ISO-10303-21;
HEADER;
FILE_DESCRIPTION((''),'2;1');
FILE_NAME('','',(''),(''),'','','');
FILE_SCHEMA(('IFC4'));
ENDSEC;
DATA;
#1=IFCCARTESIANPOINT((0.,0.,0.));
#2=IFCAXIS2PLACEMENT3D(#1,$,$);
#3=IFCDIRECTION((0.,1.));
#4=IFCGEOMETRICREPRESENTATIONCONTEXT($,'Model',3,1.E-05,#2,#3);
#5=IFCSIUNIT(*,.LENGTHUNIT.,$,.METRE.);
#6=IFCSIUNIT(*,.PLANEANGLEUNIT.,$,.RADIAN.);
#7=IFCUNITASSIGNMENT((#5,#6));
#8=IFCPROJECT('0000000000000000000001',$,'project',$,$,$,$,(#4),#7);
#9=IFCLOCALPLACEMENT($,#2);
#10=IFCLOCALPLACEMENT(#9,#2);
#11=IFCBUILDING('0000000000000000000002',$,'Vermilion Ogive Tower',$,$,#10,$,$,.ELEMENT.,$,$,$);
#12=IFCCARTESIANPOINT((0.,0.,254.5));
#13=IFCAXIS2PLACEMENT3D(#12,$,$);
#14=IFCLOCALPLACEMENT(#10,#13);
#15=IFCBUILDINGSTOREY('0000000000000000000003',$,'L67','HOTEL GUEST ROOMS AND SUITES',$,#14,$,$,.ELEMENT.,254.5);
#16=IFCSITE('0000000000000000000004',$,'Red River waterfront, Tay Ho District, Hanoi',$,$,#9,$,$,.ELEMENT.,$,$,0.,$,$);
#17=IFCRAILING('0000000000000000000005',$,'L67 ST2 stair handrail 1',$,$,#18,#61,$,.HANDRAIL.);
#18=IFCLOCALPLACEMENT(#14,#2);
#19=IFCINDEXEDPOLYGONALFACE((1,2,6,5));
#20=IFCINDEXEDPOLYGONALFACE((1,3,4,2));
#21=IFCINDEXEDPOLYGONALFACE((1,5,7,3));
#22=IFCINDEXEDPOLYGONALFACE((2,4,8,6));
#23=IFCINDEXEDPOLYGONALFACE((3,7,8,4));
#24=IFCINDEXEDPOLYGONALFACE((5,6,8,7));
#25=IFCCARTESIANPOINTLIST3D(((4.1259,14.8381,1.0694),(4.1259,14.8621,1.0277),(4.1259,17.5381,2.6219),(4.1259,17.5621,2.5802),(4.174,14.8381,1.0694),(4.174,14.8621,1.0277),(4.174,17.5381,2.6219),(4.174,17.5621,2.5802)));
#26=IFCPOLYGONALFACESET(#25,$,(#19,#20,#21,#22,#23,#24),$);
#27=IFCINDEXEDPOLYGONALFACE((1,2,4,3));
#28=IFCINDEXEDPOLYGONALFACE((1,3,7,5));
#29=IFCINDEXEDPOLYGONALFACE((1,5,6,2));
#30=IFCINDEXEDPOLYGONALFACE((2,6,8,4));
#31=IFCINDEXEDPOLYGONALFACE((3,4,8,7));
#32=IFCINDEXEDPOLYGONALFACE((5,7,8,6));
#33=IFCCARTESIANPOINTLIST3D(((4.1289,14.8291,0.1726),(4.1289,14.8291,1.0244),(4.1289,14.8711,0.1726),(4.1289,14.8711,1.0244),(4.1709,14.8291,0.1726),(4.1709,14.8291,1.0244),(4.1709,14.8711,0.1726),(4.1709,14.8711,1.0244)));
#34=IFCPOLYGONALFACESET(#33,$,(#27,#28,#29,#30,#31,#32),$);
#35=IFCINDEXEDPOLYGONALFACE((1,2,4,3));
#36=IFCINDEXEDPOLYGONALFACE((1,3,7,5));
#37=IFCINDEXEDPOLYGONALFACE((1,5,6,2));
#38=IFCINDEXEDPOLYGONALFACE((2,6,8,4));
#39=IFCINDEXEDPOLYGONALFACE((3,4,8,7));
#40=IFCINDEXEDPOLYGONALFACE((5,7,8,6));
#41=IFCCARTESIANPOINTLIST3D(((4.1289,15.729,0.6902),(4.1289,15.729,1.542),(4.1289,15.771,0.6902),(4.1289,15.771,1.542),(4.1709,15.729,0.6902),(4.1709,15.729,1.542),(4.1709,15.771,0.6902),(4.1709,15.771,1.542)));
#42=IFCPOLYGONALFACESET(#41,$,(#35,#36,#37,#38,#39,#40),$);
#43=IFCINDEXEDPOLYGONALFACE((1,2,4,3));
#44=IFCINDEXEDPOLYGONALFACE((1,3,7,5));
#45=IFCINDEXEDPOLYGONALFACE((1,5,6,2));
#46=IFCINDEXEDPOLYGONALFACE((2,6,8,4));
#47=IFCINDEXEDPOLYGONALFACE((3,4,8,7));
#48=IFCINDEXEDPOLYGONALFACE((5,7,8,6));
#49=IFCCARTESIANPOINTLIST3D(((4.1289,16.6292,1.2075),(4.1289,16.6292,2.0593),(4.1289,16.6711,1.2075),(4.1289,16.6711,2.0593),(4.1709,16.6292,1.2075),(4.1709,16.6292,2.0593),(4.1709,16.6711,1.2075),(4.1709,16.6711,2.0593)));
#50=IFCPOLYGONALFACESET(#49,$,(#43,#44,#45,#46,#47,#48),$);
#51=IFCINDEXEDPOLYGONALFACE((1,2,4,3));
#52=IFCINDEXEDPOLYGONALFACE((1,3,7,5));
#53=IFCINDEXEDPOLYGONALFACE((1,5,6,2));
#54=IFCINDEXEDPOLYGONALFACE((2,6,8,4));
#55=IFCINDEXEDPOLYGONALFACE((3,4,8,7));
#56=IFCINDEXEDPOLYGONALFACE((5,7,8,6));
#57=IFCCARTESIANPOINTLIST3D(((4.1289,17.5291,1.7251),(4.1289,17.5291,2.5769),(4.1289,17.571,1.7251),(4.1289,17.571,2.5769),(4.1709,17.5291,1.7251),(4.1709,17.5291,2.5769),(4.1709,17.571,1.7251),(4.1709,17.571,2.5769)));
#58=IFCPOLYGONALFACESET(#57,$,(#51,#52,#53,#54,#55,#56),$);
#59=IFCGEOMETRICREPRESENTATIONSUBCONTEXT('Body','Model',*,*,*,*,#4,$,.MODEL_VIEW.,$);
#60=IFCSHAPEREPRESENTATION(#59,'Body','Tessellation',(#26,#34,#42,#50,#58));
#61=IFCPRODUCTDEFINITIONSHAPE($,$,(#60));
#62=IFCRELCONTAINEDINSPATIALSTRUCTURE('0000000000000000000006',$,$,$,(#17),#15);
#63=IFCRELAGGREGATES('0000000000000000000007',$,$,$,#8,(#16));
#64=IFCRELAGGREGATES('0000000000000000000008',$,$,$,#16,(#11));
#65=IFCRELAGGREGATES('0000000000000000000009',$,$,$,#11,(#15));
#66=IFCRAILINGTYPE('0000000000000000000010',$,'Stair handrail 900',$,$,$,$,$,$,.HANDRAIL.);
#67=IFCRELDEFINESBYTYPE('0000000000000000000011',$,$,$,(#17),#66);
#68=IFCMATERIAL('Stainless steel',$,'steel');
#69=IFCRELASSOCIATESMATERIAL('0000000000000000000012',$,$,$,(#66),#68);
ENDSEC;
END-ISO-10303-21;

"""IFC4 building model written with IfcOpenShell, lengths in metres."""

from ifc_helpers import new_model, si_unit, direction, frame, origin, origin_2d, place, context, subcontext, project, spatial, rectangle, extrude, material, type_object, element, save


model = new_model("IFC4")

# Units and contexts
model_context = context("Model", 3, precision=1e-05, world=origin(), true_north=direction((0.0, 1.0)))
body_context = subcontext(model_context, "Body", "Model", "MODEL_VIEW")
ifc_project = project(units=[si_unit("LENGTHUNIT", "METRE"), si_unit("PLANEANGLEUNIT", "RADIAN")], contexts=[model_context])

# Site, building, storey
site_placement = place(None, origin())
site = spatial("IfcSite", under=ifc_project, at=site_placement, Name="Red River waterfront, Tay Ho District, Hanoi", CompositionType="ELEMENT", RefElevation=0.0)
building_placement = place(site_placement, origin())
building = spatial("IfcBuilding", under=site, at=building_placement, Name="Vermilion Ogive Tower", CompositionType="ELEMENT")
storey_placement = place(building_placement, frame((0.0, 0.0, 254.5)))
storey = spatial("IfcBuildingStorey", under=building, at=storey_placement, Name="L67", Description="HOTEL GUEST ROOMS AND SUITES", CompositionType="ELEMENT", Elevation=254.5)

# Railing
ifc_material_1 = material(Name="Stainless steel", Category="steel")
railing_type_1 = type_object("IfcRailingType", Name="Stair handrail 900", PredefinedType="HANDRAIL", material=ifc_material_1)
railing_1_placement = place(storey_placement, frame((4.1499, 14.8501, 0.1726)))
element("IfcRailing", 1, at=railing_1_placement, inside=storey, type_object=railing_type_1, Name="L67 ST2 stair handrail 1", PredefinedType="HANDRAIL", context=body_context, shape_type="SweptSolid", body=[
    extrude(rectangle(XDim=0.0481, YDim=0.0481, at=origin_2d()), frame((0.0, 0.0, 0.876), z_axis=(0.0, 0.866904, 0.498476), x_axis=(-1.0, 0.0, 0.0)), (0.0, 0.0, 1.0), 3.1145),
    extrude(rectangle(XDim=0.042, YDim=0.042, at=origin_2d()), origin(), (0.0, 0.0, 1.0), 0.8518),
    extrude(rectangle(XDim=0.042, YDim=0.042, at=origin_2d()), frame((0.0, 0.8999, 0.5176)), (0.0, 0.0, 1.0), 0.8518),
    extrude(rectangle(XDim=0.042, YDim=0.042, at=origin_2d()), frame((0.0, 1.8, 1.0349)), (0.0, 0.0, 1.0), 0.8518),
    extrude(rectangle(XDim=0.042, YDim=0.042, at=origin_2d()), frame((0.0, 2.7, 1.5525)), (0.0, 0.0, 1.0), 0.8518),
])

save(model, "model.ifc")
